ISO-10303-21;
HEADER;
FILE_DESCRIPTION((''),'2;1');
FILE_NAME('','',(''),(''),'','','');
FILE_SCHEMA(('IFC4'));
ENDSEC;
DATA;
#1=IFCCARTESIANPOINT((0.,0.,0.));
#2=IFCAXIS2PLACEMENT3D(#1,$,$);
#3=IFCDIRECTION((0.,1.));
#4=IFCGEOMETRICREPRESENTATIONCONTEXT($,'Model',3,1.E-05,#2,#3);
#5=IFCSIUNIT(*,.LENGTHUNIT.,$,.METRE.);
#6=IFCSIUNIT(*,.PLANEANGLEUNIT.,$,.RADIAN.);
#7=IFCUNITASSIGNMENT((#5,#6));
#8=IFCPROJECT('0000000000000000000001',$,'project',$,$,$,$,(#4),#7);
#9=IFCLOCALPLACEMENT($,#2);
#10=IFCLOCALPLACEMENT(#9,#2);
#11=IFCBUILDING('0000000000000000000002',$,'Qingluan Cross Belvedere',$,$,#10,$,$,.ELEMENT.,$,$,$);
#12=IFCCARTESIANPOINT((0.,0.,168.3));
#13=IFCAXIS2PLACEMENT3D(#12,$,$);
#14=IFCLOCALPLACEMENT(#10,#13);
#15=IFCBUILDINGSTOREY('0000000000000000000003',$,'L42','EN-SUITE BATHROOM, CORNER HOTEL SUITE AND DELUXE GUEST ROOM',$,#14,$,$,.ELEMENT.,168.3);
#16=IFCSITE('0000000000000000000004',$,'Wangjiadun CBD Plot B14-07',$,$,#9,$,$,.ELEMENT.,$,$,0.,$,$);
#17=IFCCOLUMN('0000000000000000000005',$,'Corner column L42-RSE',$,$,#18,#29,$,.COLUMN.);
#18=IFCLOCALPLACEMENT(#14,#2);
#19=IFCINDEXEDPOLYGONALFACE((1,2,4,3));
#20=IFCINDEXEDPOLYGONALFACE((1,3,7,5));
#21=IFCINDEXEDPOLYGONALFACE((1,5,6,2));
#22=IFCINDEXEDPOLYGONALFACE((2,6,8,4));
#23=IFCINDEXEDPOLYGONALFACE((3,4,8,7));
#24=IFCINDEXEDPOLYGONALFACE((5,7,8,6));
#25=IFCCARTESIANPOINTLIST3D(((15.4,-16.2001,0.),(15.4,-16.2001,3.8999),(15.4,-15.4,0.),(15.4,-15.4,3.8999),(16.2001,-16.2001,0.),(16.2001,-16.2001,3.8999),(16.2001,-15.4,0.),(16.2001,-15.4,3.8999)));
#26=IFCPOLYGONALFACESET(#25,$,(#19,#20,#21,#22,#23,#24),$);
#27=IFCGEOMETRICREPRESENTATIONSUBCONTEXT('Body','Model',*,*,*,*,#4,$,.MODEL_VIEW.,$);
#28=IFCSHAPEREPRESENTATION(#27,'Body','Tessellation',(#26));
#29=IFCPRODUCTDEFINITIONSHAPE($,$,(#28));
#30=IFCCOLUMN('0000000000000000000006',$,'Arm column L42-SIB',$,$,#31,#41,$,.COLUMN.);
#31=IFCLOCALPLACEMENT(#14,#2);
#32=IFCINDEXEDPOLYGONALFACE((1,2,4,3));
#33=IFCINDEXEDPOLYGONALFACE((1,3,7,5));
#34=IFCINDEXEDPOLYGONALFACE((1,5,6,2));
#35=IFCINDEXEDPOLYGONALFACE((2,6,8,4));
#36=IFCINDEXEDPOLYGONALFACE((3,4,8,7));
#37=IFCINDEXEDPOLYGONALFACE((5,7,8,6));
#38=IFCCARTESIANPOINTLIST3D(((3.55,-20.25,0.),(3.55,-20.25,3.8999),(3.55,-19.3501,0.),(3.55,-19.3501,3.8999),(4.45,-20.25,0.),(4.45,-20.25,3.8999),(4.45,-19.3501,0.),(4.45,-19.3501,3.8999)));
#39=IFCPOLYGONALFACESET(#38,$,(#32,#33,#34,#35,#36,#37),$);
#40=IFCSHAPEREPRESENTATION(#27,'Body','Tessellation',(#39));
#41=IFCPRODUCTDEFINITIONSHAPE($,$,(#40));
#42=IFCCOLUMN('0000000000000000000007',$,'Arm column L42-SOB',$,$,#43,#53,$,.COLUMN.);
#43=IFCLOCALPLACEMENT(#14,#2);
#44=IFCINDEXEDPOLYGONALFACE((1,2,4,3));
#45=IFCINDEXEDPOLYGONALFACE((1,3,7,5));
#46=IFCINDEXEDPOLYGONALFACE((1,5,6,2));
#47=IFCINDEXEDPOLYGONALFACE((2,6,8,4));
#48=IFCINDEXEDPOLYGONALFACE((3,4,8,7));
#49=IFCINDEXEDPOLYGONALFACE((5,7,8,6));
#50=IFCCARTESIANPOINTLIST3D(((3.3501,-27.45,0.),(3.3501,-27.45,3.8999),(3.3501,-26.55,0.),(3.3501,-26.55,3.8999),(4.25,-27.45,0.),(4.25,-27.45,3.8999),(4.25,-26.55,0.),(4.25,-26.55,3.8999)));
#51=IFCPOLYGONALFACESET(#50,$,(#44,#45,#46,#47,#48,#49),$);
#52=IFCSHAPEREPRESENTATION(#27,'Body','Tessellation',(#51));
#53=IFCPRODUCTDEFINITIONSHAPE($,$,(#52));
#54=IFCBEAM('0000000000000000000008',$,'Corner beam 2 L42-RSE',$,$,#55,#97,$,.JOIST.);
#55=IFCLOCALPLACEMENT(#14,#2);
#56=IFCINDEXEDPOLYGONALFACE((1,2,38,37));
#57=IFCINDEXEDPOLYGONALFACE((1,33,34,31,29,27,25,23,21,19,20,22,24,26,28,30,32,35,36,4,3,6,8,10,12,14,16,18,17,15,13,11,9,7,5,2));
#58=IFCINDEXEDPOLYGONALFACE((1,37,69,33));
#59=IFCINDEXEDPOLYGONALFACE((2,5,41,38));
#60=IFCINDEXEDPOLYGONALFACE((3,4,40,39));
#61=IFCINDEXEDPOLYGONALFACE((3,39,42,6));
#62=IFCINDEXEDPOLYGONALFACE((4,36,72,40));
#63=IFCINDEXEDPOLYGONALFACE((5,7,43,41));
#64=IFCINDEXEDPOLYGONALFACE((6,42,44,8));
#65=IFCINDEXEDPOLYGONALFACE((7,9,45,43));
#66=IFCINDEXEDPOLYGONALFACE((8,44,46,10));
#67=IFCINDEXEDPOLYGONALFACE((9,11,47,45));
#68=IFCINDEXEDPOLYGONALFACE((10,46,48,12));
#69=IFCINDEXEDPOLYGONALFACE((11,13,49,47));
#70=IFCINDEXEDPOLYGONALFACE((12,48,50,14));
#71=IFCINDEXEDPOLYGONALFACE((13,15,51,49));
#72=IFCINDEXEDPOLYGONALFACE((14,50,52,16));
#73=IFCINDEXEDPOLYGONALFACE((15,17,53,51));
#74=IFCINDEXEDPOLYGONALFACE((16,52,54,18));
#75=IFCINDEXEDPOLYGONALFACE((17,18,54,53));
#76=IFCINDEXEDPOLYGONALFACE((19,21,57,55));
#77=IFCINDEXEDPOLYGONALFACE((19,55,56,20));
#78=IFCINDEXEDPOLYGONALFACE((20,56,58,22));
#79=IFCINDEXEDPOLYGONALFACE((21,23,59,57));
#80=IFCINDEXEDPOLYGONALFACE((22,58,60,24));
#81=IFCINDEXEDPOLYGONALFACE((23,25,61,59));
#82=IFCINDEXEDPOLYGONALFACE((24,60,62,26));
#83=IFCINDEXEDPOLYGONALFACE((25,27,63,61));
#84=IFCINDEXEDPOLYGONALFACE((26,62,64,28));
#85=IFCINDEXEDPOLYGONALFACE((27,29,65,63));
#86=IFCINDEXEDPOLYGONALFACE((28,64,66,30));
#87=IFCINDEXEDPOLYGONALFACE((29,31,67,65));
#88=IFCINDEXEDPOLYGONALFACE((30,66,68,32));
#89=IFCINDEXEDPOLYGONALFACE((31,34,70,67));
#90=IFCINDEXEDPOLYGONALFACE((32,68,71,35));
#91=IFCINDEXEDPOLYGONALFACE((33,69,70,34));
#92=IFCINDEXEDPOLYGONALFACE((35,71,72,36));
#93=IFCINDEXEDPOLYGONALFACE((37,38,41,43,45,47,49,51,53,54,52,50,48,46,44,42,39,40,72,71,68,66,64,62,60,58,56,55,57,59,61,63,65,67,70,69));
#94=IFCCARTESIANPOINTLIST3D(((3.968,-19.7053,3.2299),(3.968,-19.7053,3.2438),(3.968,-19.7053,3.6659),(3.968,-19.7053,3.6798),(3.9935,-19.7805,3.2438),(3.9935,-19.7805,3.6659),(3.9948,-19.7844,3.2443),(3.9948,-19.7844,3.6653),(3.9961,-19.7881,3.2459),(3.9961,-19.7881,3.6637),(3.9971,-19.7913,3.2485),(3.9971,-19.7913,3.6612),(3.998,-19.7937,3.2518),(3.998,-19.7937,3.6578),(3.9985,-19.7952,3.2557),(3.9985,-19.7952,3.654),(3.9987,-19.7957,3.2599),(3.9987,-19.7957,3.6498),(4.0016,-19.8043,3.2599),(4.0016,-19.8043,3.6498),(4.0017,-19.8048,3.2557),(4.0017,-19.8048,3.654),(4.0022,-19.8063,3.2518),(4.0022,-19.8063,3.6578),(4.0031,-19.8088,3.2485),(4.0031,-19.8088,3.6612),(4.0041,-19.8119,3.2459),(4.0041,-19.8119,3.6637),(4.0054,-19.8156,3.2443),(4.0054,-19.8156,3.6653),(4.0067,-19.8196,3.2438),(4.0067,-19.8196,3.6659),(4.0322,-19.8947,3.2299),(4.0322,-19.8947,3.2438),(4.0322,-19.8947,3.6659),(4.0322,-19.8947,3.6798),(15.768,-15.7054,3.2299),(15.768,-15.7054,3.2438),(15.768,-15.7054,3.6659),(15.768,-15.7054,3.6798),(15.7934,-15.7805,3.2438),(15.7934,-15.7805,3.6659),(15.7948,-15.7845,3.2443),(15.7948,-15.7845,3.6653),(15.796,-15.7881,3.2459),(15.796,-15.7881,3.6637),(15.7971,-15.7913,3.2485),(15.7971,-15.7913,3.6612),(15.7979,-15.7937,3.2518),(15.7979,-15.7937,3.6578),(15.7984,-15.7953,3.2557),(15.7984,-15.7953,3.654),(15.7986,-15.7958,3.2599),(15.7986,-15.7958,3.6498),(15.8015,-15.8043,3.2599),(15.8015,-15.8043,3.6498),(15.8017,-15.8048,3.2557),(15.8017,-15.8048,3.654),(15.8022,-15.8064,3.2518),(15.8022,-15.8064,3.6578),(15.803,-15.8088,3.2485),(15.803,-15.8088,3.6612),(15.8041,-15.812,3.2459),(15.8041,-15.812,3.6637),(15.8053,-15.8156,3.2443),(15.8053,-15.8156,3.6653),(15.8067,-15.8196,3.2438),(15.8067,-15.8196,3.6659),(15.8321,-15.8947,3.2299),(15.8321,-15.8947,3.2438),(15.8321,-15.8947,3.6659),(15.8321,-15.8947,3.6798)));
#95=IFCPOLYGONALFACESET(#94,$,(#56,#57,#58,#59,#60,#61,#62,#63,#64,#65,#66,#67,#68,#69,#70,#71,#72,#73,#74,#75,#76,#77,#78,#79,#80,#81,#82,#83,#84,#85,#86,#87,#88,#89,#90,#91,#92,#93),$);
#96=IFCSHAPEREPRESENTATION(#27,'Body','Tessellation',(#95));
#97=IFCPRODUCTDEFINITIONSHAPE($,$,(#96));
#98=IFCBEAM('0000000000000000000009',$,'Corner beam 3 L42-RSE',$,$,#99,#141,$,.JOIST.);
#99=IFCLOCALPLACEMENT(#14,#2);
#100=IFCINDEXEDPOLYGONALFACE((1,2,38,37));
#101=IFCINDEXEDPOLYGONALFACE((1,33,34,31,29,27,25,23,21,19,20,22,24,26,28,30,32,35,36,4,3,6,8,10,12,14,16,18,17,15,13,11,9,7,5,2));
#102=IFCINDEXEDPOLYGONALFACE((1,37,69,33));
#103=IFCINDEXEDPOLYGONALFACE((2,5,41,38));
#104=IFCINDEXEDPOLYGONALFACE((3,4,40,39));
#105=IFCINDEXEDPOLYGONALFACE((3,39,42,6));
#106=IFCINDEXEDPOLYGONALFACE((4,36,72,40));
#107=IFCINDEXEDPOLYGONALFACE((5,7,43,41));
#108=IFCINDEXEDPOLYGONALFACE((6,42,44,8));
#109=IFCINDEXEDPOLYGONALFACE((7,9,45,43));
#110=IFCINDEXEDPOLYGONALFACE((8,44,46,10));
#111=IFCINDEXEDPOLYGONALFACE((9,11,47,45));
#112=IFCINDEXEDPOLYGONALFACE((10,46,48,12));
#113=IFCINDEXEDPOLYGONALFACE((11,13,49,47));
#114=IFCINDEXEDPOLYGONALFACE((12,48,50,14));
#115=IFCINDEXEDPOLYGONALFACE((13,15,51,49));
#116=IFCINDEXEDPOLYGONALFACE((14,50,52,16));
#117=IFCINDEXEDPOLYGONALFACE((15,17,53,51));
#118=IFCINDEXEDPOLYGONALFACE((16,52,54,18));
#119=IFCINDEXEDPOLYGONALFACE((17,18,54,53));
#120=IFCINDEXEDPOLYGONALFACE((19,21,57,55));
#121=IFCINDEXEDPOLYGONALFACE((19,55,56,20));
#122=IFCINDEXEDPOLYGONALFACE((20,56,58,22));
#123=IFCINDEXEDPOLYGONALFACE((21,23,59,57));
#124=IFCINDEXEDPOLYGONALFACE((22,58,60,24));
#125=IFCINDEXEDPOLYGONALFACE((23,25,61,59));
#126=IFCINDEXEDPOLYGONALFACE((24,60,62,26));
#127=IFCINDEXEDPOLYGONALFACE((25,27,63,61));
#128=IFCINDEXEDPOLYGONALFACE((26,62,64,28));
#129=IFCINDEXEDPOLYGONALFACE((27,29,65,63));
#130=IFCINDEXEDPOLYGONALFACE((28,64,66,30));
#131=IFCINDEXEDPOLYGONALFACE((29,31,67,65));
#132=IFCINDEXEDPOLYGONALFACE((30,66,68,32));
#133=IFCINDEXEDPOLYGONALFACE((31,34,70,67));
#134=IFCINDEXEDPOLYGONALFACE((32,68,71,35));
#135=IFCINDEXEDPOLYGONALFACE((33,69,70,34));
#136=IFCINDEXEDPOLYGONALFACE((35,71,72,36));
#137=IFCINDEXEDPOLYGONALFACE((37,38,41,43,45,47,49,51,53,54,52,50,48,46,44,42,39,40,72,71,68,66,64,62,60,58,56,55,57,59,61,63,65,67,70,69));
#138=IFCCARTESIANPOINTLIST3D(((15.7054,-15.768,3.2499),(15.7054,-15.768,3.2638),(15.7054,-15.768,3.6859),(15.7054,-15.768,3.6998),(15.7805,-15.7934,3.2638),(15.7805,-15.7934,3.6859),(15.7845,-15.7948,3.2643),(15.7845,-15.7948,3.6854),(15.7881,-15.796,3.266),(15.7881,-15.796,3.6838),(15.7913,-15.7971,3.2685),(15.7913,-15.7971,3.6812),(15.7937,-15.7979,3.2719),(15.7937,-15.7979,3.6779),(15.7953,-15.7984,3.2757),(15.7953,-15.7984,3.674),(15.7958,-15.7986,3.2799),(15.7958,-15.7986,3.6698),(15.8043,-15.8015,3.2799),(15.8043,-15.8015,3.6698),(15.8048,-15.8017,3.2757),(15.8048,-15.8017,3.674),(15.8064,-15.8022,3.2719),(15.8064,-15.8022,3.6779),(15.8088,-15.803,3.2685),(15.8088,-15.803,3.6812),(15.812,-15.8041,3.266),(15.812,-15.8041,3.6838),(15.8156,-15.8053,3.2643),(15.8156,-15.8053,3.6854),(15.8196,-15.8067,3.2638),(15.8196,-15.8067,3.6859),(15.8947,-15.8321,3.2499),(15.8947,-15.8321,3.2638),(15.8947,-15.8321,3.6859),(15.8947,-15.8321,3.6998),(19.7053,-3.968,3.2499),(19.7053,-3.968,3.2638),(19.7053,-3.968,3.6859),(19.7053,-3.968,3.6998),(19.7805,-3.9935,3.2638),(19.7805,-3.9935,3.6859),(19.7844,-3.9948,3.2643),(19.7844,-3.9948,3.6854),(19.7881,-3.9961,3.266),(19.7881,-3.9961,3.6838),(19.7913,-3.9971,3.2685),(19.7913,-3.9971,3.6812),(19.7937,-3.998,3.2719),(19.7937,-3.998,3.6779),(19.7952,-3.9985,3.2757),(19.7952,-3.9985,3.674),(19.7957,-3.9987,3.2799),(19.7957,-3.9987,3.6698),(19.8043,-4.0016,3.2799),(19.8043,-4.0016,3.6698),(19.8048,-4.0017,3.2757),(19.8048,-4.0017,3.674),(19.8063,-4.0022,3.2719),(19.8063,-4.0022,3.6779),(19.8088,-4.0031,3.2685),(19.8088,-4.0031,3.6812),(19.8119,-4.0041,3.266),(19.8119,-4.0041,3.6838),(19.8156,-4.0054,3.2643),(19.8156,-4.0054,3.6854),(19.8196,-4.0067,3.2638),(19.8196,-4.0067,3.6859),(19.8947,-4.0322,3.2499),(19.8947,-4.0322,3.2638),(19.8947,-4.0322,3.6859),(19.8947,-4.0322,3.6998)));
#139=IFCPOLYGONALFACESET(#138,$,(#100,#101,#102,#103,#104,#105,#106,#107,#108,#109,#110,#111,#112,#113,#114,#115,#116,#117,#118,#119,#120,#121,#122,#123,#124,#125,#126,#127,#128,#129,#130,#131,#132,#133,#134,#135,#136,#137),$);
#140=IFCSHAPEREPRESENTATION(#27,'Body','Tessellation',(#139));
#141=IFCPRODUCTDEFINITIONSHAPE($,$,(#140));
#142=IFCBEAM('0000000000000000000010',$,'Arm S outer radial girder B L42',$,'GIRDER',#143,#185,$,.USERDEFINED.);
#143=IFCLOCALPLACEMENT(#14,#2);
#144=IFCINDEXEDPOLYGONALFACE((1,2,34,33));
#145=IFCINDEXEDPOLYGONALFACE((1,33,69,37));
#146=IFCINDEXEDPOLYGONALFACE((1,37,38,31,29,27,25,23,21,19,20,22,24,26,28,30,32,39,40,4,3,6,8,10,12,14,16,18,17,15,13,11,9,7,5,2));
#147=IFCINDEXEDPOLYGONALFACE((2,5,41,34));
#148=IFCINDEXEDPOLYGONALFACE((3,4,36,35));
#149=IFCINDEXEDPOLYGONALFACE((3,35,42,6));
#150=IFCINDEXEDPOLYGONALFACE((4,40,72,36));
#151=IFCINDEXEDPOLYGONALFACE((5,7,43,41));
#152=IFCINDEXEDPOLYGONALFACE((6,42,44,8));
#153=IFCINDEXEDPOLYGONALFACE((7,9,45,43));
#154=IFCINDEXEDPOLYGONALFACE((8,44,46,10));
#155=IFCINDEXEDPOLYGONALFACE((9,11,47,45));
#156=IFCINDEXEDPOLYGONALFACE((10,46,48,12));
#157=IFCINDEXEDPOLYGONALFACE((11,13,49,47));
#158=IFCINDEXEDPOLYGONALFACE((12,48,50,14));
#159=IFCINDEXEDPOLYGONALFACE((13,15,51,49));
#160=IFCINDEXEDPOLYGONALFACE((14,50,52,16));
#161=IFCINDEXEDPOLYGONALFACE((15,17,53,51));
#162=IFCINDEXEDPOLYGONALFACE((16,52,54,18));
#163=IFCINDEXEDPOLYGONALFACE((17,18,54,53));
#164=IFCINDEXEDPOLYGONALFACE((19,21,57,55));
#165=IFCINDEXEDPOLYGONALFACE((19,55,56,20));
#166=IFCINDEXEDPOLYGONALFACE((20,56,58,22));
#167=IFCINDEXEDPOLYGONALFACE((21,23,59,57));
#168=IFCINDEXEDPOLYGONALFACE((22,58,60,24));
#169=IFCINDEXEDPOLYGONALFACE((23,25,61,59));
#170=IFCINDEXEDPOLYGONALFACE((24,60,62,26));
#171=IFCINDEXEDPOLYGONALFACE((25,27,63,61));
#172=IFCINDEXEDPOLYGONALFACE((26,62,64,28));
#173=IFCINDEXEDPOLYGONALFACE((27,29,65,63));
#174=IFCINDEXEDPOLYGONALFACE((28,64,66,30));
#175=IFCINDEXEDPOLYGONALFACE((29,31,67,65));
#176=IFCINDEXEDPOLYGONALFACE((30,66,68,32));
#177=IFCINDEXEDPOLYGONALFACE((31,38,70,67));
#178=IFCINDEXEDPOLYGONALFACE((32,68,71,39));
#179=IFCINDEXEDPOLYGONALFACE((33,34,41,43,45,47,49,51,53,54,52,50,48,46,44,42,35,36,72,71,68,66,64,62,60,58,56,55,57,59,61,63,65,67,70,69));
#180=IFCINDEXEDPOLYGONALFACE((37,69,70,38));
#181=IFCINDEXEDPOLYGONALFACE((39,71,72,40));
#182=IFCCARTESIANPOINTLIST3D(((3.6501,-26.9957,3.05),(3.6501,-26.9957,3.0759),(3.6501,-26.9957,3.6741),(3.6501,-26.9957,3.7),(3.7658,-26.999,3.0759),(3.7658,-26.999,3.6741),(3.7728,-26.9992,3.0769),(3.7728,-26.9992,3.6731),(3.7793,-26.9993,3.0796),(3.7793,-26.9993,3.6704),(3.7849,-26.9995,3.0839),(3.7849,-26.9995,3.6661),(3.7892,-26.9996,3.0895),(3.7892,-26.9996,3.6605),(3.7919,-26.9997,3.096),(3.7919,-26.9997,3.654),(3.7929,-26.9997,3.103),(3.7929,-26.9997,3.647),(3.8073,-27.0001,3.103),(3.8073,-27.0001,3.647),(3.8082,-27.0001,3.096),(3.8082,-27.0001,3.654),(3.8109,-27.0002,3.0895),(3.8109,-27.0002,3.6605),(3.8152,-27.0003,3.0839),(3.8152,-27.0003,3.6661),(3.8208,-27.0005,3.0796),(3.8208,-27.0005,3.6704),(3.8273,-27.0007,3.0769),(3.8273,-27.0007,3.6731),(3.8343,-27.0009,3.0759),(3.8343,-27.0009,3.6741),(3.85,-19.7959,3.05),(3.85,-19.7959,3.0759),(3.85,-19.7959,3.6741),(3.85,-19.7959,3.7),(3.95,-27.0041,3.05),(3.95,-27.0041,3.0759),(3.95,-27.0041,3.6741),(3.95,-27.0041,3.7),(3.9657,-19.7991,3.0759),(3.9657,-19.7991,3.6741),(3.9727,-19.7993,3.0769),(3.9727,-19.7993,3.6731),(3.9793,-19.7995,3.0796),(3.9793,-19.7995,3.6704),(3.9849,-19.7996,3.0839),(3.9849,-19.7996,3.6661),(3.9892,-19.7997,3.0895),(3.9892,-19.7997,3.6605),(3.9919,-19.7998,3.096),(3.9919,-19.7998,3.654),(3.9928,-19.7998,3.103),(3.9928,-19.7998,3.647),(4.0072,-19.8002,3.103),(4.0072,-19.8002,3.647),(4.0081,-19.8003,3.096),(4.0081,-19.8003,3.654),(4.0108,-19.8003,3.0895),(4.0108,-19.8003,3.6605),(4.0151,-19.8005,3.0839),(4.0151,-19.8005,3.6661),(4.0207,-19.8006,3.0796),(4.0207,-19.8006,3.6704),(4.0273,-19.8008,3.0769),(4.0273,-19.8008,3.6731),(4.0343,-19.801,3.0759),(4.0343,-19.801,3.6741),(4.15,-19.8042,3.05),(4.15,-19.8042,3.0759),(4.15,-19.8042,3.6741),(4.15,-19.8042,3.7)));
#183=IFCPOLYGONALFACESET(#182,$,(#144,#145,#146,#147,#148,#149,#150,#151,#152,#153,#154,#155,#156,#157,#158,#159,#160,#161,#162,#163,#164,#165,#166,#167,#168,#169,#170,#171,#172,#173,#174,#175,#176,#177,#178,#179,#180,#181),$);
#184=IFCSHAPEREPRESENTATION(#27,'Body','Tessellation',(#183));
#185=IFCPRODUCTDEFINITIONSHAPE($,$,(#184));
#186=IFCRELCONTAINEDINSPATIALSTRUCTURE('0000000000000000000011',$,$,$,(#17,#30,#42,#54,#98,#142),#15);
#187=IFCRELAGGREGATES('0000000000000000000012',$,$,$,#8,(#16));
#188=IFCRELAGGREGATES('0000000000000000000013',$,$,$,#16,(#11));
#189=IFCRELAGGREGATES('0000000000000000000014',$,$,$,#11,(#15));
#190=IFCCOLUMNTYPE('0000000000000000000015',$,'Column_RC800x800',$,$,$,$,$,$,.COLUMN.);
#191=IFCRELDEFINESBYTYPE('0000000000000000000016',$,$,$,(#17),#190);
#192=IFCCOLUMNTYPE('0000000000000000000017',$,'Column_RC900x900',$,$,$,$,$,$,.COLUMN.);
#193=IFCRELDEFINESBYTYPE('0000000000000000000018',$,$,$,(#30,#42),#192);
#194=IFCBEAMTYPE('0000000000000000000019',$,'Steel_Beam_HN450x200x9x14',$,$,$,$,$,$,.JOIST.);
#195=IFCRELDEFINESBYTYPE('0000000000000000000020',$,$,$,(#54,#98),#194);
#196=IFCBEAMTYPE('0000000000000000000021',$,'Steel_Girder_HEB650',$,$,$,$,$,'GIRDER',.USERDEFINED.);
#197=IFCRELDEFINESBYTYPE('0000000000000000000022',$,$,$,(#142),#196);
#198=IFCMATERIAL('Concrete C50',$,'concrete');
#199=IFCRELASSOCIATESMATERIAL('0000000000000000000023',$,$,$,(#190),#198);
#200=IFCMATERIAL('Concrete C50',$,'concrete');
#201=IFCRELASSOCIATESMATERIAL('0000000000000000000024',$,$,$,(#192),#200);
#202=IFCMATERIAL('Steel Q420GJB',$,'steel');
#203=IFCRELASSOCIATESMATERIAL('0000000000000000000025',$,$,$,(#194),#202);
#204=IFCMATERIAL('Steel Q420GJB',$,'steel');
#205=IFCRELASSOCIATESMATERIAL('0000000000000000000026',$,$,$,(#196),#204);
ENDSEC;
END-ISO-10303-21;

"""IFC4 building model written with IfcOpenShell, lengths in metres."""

from ifc_helpers import new_model, si_unit, direction, frame, origin, origin_2d, place, context, subcontext, project, spatial, rectangle, i_section, extrude, material, material_profile, profile_set, type_object, element, save


model = new_model("IFC4")

# Units and contexts
model_context = context("Model", 3, precision=1e-05, world=origin(), true_north=direction((0.0, 1.0)))
body_context = subcontext(model_context, "Body", "Model", "MODEL_VIEW")
ifc_project = project(units=[si_unit("LENGTHUNIT", "METRE"), si_unit("PLANEANGLEUNIT", "RADIAN")], contexts=[model_context])

# Site, building, storey
site_placement = place(None, origin())
site = spatial("IfcSite", under=ifc_project, at=site_placement, Name="Wangjiadun CBD Plot B14-07", CompositionType="ELEMENT", RefElevation=0.0)
building_placement = place(site_placement, origin())
building = spatial("IfcBuilding", under=site, at=building_placement, Name="Qingluan Cross Belvedere", CompositionType="ELEMENT")
storey_placement = place(building_placement, frame((0.0, 0.0, 168.3)))
storey = spatial("IfcBuildingStorey", under=building, at=storey_placement, Name="L42", Description="EN-SUITE BATHROOM, CORNER HOTEL SUITE AND DELUXE GUEST ROOM", CompositionType="ELEMENT", Elevation=168.3)

# Columns
ifc_material_1 = material(Name="Concrete C50", Category="concrete")
ifc_material_profile_1 = material_profile(ifc_material_1, rectangle(XDim=0.8, YDim=0.8, at=origin_2d()), Name="RC800x800")
ifc_profile_set_1 = profile_set([ifc_material_profile_1], Name="Concrete C50")
column_type_1 = type_object("IfcColumnType", Name="Column_RC800x800", PredefinedType="COLUMN", material=ifc_profile_set_1)
column_placement = place(storey_placement, frame((15.8, -15.8, 0.0), z_axis=(0.0, 0.0, 1.0), x_axis=(1.0, 0.0, 0.0)))
element("IfcColumn", 1, at=column_placement, inside=storey, type_object=column_type_1, Name="Corner column L42-RSE", PredefinedType="COLUMN", context=body_context, shape_type="SweptSolid", body=[
    extrude(rectangle(XDim=0.8, YDim=0.8, at=origin_2d()), origin(), (0.0, 0.0, 1.0), 3.8999),
])
ifc_material_2 = material(Name="Concrete C50", Category="concrete")
ifc_material_profile_2 = material_profile(ifc_material_2, rectangle(XDim=0.8999, YDim=0.8999, at=origin_2d()), Name="RC900x900")
ifc_profile_set_2 = profile_set([ifc_material_profile_2], Name="Concrete C50")
column_type_2 = type_object("IfcColumnType", Name="Column_RC900x900", PredefinedType="COLUMN", material=ifc_profile_set_2)
for number, where, z_axis, x_axis, name in (
    (2, (4.0, -19.8, 0.0), (0.0, 0.0, 1.0), (1.0, 0.0, 0.0), "Arm column L42-SIB"),
    (3, (3.8, -27.0, 0.0), (0.0, 0.0, 1.0), (1.0, 0.0, 0.0), "Arm column L42-SOB"),
):
    element("IfcColumn", number, at=place(storey_placement, frame(where, z_axis=z_axis, x_axis=x_axis)), inside=storey, type_object=column_type_2, Name=name, PredefinedType="COLUMN", context=body_context, shape_type="SweptSolid", body=[
        extrude(rectangle(XDim=0.8999, YDim=0.8999, at=origin_2d()), origin(), (0.0, 0.0, 1.0), 3.8999),
    ])

# Beams
ifc_material_3 = material(Name="Steel Q420GJB", Category="steel")
ifc_material_profile_3 = material_profile(ifc_material_3, i_section(OverallWidth=0.2, OverallDepth=0.45, WebThickness=0.009, FlangeThickness=0.0139, FilletRadius=0.0161, at=origin_2d()), Name="HN450x200x9x14")
ifc_profile_set_3 = profile_set([ifc_material_profile_3], Name="Steel Q420GJB")
beam_type_1 = type_object("IfcBeamType", Name="Steel_Beam_HN450x200x9x14", PredefinedType="JOIST", material=ifc_profile_set_3)
for number, where, z_axis, x_axis, name in (
    (4, (15.8, -15.8, 3.4548), (-0.947066, -0.321038, 0.0), (0.321038, -0.947066, 0.0), "Corner beam 2 L42-RSE"),
    (5, (15.8, -15.8, 3.4749), (0.321038, 0.947066, 0.0), (-0.947066, 0.321038, 0.0), "Corner beam 3 L42-RSE"),
):
    element("IfcBeam", number, at=place(storey_placement, frame(where, z_axis=z_axis, x_axis=x_axis)), inside=storey, type_object=beam_type_1, Name=name, PredefinedType="JOIST", context=body_context, shape_type="SweptSolid", body=[
        extrude(i_section(OverallWidth=0.2, OverallDepth=0.45, WebThickness=0.009, FlangeThickness=0.0139, FilletRadius=0.0161, at=origin_2d()), origin(), (0.0, 0.0, 1.0), 12.4595),
    ])
ifc_material_4 = material(Name="Steel Q420GJB", Category="steel")
ifc_material_profile_4 = material_profile(ifc_material_4, i_section(OverallWidth=0.3, OverallDepth=0.6499, WebThickness=0.0144, FlangeThickness=0.0259, FilletRadius=0.0271, at=origin_2d()), Name="HEB650")
ifc_profile_set_4 = profile_set([ifc_material_profile_4], Name="Steel Q420GJB")
beam_type_2 = type_object("IfcBeamType", Name="Steel_Girder_HEB650", ElementType="GIRDER", PredefinedType="USERDEFINED", material=ifc_profile_set_4)
beam_placement = place(storey_placement, frame((4.0, -19.8, 3.375), z_axis=(-0.02776, -0.999615, 0.0), x_axis=(0.999615, -0.02776, 0.0)))
element("IfcBeam", 6, at=beam_placement, inside=storey, type_object=beam_type_2, Name="Arm S outer radial girder B L42", ObjectType="GIRDER", PredefinedType="USERDEFINED", context=body_context, shape_type="SweptSolid", body=[
    extrude(i_section(OverallWidth=0.3, OverallDepth=0.6499, WebThickness=0.0144, FlangeThickness=0.0259, FilletRadius=0.0271, at=origin_2d()), origin(), (0.0, 0.0, 1.0), 7.2026),
])

save(model, "model.ifc")
